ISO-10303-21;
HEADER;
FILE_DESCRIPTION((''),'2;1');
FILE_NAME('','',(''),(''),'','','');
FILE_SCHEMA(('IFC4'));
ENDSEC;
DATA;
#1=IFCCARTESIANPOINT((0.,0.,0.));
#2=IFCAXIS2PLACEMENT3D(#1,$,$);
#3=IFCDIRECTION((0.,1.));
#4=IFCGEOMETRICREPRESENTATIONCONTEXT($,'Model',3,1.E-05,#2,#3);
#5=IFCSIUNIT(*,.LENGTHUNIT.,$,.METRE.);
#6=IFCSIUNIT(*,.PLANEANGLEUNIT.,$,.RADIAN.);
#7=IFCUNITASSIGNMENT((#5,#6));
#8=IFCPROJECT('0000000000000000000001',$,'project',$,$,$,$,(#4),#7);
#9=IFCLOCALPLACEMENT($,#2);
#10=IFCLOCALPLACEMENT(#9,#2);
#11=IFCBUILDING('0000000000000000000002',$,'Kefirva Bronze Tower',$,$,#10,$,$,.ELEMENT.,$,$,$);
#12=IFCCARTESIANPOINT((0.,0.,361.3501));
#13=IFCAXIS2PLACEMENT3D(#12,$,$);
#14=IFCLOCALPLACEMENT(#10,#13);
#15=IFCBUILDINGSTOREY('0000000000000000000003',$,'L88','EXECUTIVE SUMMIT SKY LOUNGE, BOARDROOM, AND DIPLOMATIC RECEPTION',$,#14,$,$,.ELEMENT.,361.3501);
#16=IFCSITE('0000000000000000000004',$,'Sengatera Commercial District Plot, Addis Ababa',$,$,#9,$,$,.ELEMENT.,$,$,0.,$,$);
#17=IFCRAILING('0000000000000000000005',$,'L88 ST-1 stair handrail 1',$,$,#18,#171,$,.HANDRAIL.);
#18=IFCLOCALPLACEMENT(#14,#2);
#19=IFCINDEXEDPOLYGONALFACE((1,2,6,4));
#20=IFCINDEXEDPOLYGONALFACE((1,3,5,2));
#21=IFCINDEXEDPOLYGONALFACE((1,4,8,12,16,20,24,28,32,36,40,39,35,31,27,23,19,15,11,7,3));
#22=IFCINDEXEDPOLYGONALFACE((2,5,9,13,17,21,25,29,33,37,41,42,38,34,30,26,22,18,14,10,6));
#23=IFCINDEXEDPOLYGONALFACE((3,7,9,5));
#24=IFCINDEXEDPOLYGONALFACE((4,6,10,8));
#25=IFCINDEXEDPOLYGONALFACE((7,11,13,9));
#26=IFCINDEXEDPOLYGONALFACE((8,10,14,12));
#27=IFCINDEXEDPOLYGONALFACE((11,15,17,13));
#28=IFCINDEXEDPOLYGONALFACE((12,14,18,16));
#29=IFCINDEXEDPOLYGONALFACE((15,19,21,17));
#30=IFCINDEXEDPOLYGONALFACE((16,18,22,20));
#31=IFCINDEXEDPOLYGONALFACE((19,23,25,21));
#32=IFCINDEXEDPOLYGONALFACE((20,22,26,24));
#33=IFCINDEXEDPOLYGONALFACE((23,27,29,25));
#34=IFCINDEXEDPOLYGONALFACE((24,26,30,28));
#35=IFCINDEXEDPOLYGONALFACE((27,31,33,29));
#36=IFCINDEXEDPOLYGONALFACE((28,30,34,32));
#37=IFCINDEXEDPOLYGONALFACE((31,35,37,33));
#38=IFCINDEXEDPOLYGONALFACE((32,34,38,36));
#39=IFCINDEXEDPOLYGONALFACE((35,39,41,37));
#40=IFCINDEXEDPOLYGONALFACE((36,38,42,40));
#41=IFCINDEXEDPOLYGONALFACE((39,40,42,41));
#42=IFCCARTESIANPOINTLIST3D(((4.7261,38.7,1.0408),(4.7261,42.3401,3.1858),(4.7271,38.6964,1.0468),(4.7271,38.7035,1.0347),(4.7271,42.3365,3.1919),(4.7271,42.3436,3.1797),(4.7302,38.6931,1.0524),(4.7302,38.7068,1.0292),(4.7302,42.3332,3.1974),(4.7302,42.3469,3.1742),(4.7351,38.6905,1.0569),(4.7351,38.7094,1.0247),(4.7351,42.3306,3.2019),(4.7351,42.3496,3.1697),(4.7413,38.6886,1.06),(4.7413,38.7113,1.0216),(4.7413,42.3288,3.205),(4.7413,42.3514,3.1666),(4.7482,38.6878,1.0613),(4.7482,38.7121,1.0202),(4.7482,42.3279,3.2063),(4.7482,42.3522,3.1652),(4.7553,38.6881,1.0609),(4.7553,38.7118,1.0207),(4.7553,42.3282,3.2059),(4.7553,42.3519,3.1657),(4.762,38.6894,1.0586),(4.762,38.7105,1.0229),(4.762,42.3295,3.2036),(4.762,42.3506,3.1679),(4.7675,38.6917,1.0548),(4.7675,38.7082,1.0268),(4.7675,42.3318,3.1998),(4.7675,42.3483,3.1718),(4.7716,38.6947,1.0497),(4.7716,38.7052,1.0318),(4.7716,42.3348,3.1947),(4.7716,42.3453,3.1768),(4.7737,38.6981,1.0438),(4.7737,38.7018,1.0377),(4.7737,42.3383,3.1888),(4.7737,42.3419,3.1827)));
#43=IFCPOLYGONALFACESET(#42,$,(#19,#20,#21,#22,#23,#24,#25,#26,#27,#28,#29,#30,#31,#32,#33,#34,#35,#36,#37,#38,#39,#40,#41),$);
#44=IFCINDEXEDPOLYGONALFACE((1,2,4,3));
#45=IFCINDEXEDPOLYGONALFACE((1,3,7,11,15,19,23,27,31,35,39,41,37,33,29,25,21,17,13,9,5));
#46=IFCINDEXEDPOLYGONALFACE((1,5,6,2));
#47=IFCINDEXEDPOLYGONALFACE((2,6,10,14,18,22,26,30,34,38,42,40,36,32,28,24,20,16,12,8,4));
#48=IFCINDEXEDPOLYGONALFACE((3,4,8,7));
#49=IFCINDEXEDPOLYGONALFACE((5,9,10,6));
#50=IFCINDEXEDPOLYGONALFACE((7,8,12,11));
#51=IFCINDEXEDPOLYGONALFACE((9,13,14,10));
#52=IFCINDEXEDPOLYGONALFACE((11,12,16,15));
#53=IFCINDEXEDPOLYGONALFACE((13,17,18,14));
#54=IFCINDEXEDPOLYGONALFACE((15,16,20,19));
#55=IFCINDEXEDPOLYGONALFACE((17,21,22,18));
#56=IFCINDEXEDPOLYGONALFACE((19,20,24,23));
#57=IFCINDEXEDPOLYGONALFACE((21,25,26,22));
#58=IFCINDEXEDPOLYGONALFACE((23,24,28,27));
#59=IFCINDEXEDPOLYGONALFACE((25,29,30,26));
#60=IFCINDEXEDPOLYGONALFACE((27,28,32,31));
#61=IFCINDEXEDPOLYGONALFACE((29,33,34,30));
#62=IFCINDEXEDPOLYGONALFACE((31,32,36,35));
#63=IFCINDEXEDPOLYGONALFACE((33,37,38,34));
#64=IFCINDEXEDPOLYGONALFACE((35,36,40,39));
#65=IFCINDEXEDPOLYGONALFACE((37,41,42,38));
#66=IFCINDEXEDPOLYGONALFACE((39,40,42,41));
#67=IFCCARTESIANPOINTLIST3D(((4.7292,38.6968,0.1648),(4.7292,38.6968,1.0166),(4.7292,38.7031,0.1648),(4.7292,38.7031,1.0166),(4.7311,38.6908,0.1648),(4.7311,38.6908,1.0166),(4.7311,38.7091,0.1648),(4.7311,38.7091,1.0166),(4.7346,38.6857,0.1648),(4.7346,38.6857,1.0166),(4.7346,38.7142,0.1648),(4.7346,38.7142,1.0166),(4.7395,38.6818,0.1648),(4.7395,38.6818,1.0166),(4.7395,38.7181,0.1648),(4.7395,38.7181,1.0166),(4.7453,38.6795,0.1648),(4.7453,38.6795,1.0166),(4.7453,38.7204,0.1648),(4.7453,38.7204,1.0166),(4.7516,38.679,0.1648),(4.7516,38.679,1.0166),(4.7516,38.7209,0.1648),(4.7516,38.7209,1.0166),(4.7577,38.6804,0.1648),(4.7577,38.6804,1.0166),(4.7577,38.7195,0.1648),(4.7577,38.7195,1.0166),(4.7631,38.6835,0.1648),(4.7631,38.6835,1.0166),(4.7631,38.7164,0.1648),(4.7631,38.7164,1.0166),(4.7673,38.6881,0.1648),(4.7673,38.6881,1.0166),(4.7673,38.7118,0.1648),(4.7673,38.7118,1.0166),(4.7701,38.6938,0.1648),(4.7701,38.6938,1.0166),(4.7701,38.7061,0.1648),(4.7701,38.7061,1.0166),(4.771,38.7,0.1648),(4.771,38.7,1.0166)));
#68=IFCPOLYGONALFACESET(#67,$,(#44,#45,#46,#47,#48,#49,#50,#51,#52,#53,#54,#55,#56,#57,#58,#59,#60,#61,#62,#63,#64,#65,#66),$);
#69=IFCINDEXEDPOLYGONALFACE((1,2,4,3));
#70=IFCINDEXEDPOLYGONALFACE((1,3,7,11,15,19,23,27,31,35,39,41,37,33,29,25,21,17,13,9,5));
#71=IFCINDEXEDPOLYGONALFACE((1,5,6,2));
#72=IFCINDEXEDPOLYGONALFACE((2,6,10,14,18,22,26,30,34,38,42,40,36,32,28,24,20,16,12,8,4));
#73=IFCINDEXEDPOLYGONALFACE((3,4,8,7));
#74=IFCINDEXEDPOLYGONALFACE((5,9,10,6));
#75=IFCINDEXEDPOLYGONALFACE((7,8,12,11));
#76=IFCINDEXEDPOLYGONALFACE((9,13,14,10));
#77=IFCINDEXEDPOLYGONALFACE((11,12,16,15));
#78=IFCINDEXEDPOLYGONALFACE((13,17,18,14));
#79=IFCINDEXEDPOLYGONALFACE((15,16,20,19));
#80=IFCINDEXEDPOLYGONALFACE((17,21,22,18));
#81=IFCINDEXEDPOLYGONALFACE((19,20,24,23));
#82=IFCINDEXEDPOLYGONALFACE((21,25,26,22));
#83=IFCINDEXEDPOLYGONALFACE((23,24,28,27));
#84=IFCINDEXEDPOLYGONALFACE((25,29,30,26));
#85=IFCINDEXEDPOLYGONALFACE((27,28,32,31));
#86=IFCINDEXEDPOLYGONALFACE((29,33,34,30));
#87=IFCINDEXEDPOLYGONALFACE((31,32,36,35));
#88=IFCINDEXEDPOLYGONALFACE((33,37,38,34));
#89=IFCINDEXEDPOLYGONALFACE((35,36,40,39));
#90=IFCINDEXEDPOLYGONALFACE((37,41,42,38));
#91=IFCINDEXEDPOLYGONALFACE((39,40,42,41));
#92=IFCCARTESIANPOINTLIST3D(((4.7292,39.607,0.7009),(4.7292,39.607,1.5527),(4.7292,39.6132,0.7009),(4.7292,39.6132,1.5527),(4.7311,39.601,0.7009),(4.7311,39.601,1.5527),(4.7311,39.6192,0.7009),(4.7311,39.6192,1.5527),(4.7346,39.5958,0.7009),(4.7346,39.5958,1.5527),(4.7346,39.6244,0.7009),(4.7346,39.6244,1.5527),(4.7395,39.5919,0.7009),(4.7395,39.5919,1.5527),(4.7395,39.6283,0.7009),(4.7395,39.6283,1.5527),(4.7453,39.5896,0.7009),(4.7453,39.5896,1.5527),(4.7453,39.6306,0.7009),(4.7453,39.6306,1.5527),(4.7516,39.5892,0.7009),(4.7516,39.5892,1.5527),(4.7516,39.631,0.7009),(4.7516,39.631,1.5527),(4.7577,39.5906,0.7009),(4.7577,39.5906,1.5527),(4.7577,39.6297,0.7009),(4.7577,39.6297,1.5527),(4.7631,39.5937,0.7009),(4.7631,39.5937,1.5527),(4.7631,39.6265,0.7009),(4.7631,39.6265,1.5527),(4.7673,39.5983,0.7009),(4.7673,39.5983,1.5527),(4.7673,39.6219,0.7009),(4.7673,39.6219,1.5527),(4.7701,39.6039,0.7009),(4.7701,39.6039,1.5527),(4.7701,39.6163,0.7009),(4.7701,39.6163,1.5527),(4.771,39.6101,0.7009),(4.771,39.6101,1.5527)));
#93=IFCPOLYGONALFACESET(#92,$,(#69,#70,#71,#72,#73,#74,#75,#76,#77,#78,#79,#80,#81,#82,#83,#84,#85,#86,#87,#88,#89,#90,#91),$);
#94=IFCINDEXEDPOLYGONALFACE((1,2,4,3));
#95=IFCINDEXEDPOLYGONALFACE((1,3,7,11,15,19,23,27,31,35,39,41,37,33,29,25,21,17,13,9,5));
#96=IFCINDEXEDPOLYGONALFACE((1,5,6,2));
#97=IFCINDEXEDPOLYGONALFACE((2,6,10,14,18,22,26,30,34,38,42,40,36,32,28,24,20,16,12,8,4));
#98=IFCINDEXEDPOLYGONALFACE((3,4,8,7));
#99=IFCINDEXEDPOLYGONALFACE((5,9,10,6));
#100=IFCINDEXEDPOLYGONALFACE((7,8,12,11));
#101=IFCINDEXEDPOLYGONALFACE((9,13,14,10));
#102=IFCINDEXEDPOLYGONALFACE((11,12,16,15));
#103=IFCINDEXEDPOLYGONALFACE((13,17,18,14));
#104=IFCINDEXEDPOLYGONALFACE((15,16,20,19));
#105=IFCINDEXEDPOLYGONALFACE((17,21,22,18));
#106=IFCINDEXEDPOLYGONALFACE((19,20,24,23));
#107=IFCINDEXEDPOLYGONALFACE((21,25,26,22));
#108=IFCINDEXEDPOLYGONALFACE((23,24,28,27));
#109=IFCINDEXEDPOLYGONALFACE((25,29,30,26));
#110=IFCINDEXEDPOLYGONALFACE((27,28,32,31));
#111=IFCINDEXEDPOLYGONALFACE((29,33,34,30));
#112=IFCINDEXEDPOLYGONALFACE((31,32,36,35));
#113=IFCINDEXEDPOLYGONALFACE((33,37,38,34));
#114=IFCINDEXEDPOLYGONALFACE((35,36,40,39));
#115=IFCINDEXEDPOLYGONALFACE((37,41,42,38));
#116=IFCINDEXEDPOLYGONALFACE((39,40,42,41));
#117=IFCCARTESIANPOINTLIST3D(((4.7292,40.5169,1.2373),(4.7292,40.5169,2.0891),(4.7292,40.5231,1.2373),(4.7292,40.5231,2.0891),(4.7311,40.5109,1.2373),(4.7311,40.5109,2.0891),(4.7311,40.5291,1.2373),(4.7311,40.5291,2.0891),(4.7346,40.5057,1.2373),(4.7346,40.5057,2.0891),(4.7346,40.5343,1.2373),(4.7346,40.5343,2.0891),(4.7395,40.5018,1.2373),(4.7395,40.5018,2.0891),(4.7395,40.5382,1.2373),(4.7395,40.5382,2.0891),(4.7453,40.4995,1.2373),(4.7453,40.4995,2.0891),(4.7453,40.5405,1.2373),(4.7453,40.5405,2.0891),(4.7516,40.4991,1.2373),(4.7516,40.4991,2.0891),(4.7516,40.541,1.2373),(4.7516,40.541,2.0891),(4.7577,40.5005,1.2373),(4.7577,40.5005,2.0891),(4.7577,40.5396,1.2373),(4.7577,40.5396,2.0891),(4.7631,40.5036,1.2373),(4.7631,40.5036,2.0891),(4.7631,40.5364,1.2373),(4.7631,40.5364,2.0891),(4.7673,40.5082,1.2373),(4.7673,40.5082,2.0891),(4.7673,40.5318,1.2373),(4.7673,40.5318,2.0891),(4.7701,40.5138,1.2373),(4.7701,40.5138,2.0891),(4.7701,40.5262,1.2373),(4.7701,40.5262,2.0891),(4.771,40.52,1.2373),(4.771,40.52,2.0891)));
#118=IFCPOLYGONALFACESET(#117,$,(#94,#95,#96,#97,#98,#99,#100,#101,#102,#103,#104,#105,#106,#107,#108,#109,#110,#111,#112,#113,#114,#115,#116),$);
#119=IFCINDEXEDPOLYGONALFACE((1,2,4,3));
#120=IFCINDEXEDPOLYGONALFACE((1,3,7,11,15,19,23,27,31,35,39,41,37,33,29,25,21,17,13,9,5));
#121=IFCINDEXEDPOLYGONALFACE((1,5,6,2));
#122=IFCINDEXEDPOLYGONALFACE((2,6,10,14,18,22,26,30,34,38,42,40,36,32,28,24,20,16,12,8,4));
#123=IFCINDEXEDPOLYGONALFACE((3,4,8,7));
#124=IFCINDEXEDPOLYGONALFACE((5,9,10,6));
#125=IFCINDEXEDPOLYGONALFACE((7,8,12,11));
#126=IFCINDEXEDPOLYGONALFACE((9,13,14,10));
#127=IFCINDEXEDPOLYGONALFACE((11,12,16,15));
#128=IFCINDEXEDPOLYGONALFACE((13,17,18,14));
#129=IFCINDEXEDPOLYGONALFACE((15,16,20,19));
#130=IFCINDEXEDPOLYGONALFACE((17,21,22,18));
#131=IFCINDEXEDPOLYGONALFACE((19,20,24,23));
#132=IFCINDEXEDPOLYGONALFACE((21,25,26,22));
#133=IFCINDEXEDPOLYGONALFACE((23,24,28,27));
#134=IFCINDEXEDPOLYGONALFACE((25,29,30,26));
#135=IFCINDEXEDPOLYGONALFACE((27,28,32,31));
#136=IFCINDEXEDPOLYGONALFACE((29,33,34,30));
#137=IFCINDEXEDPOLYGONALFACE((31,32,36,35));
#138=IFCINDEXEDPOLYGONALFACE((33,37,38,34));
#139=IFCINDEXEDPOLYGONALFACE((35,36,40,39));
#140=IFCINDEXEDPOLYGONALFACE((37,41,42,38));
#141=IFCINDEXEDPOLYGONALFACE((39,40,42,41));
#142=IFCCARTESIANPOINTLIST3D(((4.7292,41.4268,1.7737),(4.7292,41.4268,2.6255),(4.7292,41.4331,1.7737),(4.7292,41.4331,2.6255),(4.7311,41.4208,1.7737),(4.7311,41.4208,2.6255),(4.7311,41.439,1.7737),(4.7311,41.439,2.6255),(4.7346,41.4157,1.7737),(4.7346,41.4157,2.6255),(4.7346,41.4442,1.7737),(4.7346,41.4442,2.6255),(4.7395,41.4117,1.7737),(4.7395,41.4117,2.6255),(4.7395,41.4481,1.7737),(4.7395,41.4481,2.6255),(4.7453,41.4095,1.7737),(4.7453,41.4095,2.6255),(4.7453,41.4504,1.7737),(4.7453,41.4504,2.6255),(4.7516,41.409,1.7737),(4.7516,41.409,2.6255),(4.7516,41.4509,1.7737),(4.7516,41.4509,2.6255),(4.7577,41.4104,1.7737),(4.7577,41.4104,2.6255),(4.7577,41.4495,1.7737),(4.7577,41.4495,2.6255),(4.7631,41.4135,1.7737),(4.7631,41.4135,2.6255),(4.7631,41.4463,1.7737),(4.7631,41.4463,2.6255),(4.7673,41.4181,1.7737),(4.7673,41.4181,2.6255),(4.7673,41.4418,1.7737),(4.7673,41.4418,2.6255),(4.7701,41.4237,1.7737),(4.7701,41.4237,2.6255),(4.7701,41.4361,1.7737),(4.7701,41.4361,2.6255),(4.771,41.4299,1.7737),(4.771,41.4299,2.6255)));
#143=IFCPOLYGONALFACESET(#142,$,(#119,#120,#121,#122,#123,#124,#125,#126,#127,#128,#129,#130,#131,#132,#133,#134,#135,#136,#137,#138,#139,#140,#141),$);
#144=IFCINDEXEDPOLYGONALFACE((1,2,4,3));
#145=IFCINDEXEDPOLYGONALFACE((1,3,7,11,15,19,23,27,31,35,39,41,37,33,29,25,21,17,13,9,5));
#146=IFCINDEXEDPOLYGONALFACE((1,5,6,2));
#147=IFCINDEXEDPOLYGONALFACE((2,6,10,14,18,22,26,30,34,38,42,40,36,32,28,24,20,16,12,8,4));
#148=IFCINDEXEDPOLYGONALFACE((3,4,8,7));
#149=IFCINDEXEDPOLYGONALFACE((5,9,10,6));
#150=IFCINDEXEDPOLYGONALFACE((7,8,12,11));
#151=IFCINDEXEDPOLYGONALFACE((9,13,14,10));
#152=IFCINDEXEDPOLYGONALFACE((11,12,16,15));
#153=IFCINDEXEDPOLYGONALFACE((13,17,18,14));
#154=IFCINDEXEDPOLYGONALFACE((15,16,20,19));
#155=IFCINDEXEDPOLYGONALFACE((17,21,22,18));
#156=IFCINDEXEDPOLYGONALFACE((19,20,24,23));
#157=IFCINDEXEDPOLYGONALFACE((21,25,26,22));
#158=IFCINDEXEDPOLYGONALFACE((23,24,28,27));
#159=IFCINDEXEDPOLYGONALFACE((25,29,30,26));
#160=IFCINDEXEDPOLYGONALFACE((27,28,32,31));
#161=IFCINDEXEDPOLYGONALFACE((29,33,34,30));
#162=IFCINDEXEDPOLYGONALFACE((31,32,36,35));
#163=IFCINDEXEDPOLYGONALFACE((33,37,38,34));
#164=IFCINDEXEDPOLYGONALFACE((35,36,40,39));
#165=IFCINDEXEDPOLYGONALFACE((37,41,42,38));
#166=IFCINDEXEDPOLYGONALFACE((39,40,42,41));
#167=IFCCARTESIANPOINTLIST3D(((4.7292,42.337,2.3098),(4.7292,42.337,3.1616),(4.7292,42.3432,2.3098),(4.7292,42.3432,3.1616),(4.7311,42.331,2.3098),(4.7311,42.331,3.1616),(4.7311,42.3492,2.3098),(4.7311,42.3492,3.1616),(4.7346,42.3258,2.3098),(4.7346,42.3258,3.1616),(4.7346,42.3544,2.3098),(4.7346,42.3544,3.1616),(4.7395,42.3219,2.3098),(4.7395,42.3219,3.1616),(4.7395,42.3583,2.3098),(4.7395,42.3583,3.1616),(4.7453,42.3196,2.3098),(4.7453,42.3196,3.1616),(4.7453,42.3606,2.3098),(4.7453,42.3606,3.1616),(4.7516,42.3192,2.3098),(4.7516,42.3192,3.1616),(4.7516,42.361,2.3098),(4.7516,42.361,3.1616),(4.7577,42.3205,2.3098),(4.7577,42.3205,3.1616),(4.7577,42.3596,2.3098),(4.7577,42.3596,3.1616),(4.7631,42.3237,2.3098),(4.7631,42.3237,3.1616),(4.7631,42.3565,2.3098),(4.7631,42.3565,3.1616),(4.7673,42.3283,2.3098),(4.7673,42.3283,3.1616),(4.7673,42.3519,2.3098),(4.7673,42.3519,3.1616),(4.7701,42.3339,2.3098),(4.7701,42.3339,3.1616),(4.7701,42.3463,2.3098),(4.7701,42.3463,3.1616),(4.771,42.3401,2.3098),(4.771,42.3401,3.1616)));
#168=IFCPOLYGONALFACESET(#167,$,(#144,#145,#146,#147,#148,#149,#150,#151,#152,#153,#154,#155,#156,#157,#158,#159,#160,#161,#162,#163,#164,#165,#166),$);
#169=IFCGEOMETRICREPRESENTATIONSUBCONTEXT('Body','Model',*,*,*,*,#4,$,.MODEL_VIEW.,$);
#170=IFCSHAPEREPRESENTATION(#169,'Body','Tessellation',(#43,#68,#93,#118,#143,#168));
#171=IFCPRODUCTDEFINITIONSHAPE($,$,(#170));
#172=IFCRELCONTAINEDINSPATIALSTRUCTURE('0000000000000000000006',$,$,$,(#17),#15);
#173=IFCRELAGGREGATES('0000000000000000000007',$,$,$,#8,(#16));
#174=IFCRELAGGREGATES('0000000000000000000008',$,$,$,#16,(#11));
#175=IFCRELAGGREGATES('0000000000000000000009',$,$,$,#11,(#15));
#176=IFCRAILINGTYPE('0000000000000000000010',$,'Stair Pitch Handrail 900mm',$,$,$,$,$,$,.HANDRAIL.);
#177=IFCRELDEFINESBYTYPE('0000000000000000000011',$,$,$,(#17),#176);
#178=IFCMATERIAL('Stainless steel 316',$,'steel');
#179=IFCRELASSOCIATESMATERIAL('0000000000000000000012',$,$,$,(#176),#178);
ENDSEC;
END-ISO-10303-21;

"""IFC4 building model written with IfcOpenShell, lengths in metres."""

from ifc_helpers import new_model, si_unit, direction, frame, origin, origin_2d, place, context, subcontext, project, spatial, circle, extrude, material, type_object, element, save


model = new_model("IFC4")

# Units and contexts
model_context = context("Model", 3, precision=1e-05, world=origin(), true_north=direction((0.0, 1.0)))
body_context = subcontext(model_context, "Body", "Model", "MODEL_VIEW")
ifc_project = project(units=[si_unit("LENGTHUNIT", "METRE"), si_unit("PLANEANGLEUNIT", "RADIAN")], contexts=[model_context])

# Site, building, storey
site_placement = place(None, origin())
site = spatial("IfcSite", under=ifc_project, at=site_placement, Name="Sengatera Commercial District Plot, Addis Ababa", CompositionType="ELEMENT", RefElevation=0.0)
building_placement = place(site_placement, origin())
building = spatial("IfcBuilding", under=site, at=building_placement, Name="Kefirva Bronze Tower", CompositionType="ELEMENT")
storey_placement = place(building_placement, frame((0.0, 0.0, 361.3501)))
storey = spatial("IfcBuildingStorey", under=building, at=storey_placement, Name="L88", Description="EXECUTIVE SUMMIT SKY LOUNGE, BOARDROOM, AND DIPLOMATIC RECEPTION", CompositionType="ELEMENT", Elevation=361.3501)

# Railing
ifc_material_1 = material(Name="Stainless steel 316", Category="steel")
railing_type_1 = type_object("IfcRailingType", Name="Stair Pitch Handrail 900mm", PredefinedType="HANDRAIL", material=ifc_material_1)
railing_1_placement = place(storey_placement, frame((4.75, 38.7, 0.1648)))
element("IfcRailing", 1, at=railing_1_placement, inside=storey, type_object=railing_type_1, Name="L88 ST-1 stair handrail 1", PredefinedType="HANDRAIL", context=body_context, shape_type="SweptSolid", body=[
    extrude(circle(Radius=0.0239, at=origin_2d()), frame((0.0, 0.0, 0.876), z_axis=(0.0, 0.861545, 0.507682), x_axis=(-1.0, 0.0, 0.0)), (0.0, 0.0, 1.0), 4.2251),
    extrude(circle(Radius=0.021, at=origin_2d()), origin(), (0.0, 0.0, 1.0), 0.8518),
    extrude(circle(Radius=0.021, at=origin_2d()), frame((0.0, 0.9102, 0.5361)), (0.0, 0.0, 1.0), 0.8518),
    extrude(circle(Radius=0.021, at=origin_2d()), frame((0.0, 1.8201, 1.0725)), (0.0, 0.0, 1.0), 0.8518),
    extrude(circle(Radius=0.021, at=origin_2d()), frame((0.0, 2.73, 1.6089)), (0.0, 0.0, 1.0), 0.8518),
    extrude(circle(Radius=0.021, at=origin_2d()), frame((0.0, 3.6401, 2.145)), (0.0, 0.0, 1.0), 0.8518),
])

save(model, "model.ifc")
